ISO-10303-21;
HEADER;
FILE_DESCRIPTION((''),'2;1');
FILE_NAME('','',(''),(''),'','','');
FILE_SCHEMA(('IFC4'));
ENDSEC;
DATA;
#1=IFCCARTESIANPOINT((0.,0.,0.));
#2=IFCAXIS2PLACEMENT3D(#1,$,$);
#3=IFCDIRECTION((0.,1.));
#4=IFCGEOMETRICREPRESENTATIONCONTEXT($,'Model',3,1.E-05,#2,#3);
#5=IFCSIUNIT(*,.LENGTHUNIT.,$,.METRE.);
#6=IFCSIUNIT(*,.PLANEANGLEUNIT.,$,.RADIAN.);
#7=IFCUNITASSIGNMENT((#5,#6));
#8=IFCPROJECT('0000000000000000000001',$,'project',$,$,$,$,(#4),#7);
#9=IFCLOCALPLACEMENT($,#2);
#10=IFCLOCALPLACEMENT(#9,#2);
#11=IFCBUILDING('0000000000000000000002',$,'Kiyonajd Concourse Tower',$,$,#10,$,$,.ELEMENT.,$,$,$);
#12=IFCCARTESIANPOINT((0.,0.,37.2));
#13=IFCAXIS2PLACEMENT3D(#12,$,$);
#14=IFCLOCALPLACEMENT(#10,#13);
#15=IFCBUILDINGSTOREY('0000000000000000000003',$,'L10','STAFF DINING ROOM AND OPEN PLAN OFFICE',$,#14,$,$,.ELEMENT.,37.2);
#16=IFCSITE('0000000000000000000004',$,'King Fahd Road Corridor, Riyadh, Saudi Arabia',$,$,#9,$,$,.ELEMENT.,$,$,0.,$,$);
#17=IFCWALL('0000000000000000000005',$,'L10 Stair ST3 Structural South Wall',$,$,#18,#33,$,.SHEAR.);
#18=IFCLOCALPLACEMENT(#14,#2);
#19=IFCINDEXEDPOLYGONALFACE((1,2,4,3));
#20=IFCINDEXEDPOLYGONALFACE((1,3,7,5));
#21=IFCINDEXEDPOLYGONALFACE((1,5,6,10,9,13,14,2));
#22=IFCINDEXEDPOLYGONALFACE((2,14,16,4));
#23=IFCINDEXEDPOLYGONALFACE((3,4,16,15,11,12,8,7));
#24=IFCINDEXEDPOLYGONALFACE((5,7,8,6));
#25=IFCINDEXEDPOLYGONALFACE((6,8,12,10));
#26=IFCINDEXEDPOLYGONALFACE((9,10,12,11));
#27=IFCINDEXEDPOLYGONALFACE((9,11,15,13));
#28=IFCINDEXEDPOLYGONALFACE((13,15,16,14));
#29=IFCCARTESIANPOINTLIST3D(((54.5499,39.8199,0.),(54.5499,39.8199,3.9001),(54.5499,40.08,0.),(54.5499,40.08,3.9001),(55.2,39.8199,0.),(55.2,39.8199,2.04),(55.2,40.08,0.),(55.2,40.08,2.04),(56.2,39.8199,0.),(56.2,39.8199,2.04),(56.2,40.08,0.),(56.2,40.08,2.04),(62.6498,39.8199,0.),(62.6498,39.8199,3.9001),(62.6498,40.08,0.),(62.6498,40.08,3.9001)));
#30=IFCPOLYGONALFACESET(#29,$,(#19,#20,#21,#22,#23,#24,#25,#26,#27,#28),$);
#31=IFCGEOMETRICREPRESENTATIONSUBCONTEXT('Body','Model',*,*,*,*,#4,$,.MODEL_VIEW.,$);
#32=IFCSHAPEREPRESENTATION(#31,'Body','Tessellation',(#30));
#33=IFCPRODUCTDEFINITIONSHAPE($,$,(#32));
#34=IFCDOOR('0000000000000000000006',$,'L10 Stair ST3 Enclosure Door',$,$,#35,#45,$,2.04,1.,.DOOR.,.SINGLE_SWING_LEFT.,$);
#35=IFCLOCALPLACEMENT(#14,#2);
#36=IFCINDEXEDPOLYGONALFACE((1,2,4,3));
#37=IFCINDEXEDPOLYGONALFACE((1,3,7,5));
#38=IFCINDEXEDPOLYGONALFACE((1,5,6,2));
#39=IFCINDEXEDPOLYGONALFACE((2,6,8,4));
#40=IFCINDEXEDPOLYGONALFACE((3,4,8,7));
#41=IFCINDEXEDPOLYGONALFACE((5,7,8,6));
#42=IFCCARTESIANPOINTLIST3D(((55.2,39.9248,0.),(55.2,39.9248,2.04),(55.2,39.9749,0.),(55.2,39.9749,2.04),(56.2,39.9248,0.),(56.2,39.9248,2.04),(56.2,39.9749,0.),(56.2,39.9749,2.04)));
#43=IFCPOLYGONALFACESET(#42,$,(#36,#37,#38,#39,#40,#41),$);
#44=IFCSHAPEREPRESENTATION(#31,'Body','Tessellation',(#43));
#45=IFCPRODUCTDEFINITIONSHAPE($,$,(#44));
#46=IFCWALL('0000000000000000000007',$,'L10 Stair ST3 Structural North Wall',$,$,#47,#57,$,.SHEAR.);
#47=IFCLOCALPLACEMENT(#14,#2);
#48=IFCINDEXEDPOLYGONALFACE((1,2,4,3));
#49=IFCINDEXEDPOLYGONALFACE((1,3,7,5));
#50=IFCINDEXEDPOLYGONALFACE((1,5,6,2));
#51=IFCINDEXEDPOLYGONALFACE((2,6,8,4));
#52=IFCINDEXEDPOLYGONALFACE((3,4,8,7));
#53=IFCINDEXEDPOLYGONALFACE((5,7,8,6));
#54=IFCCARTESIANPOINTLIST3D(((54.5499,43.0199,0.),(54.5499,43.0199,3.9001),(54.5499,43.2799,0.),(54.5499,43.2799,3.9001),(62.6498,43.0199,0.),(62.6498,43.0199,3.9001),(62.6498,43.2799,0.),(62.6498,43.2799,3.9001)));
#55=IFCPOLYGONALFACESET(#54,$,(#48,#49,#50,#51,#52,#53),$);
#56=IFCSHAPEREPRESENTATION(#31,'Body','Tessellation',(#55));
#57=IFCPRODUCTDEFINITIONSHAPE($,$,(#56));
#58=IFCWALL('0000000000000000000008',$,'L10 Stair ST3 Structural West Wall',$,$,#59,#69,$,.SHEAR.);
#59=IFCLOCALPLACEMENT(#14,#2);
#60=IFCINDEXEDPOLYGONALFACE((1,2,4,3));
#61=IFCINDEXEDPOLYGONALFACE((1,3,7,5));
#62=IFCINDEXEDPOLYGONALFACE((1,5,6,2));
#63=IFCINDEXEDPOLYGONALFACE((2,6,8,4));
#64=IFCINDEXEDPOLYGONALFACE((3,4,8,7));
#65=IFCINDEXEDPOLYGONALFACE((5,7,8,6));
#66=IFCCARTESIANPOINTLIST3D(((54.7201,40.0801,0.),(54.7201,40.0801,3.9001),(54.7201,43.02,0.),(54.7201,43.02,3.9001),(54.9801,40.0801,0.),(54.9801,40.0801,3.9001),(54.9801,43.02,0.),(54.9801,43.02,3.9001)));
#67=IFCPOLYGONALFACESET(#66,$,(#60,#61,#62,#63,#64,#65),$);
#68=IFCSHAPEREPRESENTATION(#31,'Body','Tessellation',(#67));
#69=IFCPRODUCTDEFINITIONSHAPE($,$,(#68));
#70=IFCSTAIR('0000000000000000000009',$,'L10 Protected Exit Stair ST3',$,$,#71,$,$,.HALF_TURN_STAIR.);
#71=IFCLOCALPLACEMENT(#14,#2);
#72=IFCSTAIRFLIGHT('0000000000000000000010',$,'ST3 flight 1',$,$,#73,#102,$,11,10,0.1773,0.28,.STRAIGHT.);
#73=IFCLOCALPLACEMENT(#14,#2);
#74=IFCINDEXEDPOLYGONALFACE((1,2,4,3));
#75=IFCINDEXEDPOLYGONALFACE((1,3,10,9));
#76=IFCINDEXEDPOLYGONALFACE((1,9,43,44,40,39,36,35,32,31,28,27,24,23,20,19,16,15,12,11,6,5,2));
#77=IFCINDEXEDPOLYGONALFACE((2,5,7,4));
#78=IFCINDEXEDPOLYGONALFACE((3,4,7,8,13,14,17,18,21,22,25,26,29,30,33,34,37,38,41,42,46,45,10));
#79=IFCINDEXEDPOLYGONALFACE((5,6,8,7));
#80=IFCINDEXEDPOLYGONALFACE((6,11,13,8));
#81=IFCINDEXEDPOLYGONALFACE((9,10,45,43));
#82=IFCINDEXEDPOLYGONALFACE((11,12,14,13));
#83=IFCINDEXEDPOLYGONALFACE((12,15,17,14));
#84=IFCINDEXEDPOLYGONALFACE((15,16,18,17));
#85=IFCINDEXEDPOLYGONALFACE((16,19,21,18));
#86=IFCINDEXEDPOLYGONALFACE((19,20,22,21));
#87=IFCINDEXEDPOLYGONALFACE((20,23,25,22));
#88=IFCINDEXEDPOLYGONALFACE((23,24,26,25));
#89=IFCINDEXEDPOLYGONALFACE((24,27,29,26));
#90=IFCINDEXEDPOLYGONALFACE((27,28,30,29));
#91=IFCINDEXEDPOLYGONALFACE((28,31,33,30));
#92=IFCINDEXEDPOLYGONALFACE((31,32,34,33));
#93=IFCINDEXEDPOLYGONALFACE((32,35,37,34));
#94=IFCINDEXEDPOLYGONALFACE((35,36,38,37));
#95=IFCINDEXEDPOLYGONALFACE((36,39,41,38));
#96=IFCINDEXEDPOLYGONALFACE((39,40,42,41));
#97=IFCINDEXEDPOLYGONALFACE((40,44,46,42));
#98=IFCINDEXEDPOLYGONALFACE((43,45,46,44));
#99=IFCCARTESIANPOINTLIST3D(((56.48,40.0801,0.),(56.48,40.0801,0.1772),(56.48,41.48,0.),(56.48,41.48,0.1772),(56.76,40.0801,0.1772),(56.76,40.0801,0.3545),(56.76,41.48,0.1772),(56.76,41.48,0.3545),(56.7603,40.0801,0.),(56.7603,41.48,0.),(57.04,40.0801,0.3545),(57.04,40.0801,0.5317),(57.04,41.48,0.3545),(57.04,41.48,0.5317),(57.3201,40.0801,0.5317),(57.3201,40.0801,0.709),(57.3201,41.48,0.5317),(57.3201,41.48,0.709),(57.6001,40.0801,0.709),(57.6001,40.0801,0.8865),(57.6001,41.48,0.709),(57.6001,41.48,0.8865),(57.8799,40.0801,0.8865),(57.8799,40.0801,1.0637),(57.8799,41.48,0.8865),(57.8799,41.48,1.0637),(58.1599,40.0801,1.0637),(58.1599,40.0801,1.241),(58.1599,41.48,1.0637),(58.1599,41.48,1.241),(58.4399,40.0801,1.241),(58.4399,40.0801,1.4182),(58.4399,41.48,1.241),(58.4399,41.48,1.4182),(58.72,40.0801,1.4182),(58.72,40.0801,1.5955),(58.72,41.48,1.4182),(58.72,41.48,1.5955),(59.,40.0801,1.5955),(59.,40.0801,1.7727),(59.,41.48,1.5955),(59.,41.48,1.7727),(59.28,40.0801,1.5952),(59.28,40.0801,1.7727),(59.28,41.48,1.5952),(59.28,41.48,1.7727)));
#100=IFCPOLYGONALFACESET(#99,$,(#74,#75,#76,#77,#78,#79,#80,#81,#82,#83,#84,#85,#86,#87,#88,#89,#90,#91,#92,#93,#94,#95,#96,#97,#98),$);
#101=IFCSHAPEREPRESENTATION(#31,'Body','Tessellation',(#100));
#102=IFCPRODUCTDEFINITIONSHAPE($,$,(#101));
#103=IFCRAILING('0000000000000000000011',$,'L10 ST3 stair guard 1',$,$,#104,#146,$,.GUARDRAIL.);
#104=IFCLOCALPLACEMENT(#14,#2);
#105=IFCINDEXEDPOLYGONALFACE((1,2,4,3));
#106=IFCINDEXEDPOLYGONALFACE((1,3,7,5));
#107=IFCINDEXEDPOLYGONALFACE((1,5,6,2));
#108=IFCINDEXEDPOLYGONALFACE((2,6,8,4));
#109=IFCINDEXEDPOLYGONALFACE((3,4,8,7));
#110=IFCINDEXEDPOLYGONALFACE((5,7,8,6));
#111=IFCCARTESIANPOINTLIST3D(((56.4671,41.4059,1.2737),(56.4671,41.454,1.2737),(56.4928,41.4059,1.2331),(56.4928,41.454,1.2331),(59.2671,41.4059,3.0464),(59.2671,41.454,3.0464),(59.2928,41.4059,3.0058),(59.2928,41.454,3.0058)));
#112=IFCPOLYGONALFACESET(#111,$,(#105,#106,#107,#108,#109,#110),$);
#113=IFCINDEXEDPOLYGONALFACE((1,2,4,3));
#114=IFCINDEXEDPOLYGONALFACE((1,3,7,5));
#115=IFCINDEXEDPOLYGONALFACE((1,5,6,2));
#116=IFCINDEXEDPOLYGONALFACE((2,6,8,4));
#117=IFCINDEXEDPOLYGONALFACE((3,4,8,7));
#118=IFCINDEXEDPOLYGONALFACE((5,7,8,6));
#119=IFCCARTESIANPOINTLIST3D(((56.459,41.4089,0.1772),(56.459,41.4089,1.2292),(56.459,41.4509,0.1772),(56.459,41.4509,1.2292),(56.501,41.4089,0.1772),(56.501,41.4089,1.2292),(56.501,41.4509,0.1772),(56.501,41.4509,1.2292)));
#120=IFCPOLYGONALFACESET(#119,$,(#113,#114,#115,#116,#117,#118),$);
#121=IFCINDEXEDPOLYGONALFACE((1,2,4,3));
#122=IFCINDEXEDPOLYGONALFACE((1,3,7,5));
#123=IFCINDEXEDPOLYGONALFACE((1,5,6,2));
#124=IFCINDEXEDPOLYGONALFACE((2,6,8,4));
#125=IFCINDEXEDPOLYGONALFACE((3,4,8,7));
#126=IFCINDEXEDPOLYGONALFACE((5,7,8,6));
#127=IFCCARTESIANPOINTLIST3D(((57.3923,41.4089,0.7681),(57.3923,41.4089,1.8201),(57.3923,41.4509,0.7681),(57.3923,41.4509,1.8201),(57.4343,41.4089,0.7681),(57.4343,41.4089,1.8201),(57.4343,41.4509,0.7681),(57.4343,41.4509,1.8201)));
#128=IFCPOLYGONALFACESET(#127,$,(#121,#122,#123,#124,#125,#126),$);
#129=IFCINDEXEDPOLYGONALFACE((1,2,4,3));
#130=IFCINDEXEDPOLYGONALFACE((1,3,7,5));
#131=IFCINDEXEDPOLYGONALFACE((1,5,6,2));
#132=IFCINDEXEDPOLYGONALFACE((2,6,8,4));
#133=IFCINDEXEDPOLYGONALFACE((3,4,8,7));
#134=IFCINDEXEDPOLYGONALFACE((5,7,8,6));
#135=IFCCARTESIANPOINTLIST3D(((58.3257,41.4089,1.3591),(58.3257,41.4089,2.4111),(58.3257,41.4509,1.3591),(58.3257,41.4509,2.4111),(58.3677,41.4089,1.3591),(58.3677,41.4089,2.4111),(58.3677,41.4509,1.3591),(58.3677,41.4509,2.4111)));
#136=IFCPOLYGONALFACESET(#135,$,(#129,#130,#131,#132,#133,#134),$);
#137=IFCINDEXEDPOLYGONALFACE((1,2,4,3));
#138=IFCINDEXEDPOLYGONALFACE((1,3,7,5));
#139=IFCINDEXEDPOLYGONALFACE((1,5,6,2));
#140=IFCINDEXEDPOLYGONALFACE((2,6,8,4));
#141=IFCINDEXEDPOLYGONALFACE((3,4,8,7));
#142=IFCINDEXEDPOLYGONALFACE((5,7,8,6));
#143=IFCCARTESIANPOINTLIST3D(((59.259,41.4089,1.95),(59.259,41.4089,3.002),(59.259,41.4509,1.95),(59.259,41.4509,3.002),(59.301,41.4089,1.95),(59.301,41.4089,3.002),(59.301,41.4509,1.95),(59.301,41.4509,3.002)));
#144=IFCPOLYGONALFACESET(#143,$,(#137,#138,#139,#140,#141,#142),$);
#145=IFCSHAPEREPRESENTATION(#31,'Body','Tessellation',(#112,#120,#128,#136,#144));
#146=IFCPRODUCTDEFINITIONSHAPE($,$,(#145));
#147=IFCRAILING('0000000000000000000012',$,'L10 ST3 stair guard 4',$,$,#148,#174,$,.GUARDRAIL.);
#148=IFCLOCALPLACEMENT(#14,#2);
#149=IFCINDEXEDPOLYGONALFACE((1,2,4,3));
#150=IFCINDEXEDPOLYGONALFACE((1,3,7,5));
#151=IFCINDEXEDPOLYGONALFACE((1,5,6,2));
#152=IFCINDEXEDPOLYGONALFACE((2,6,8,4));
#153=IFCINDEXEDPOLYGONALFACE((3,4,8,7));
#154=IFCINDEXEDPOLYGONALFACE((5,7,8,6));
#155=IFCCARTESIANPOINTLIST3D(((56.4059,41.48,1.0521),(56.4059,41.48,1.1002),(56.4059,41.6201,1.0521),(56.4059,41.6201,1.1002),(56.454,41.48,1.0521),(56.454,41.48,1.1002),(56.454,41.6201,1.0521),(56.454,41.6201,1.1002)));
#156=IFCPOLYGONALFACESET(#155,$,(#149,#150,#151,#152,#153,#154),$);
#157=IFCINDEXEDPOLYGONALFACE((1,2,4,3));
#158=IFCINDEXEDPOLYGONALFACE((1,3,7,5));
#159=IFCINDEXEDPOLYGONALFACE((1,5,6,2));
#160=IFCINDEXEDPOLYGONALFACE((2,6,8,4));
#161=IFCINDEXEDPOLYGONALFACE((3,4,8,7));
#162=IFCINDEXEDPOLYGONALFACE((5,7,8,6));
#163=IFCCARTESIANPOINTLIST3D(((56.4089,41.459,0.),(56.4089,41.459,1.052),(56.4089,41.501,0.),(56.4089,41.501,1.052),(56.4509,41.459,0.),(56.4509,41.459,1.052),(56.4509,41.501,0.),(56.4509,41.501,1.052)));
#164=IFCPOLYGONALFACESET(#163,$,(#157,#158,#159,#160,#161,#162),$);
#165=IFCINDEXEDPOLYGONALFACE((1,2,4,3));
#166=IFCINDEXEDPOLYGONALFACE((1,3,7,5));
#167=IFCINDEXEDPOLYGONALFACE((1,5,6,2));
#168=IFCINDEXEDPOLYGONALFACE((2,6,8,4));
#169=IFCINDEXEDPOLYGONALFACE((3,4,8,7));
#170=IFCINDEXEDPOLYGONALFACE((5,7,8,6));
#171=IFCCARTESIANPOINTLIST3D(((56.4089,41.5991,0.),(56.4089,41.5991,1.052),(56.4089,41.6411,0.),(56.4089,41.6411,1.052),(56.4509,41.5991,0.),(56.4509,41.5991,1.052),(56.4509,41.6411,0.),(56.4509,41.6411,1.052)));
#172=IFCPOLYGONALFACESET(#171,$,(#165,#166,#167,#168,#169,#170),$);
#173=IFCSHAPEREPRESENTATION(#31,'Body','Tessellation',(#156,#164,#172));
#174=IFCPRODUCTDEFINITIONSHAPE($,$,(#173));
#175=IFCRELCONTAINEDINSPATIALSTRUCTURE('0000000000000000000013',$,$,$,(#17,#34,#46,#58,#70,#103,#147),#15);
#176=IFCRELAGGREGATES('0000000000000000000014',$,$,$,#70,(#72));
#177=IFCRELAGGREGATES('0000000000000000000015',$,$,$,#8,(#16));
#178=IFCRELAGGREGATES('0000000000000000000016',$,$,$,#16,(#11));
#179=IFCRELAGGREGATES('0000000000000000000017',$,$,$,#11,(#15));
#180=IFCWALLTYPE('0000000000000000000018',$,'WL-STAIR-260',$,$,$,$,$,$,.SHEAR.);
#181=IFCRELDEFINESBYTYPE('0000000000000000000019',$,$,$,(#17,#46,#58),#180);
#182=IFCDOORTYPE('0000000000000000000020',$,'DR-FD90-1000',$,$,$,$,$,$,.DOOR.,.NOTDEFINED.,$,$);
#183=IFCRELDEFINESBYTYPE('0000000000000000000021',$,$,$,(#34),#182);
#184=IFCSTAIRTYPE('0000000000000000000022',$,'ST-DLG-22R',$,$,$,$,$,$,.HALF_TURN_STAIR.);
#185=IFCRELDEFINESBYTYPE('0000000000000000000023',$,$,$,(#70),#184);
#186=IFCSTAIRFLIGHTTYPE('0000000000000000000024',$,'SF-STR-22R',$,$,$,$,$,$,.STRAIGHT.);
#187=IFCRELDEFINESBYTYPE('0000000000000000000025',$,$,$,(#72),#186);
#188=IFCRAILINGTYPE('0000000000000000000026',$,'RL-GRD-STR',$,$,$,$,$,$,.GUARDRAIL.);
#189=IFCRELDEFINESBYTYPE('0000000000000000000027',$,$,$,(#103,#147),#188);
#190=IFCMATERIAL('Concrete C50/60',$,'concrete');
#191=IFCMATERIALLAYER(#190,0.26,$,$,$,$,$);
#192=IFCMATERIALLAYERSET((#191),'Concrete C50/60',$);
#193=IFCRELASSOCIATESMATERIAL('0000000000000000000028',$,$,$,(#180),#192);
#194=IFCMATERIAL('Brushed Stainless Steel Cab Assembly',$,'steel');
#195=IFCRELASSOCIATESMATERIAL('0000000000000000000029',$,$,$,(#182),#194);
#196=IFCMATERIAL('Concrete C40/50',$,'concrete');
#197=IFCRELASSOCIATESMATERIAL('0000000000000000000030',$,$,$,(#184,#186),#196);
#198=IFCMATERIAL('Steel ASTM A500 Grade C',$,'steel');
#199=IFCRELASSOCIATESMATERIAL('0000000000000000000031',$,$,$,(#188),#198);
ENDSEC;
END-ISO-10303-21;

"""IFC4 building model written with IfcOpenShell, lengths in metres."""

from ifc_helpers import new_model, si_unit, direction, frame, frame_2d, origin, origin_2d, place, context, subcontext, project, spatial, polyline, rectangle, outline, extrude, material, layer, layer_set, type_object, element, fill, aggregate, save


model = new_model("IFC4")

# Units and contexts
model_context = context("Model", 3, precision=1e-05, world=origin(), true_north=direction((0.0, 1.0)))
body_context = subcontext(model_context, "Body", "Model", "MODEL_VIEW")
ifc_project = project(units=[si_unit("LENGTHUNIT", "METRE"), si_unit("PLANEANGLEUNIT", "RADIAN")], contexts=[model_context])

# Site, building, storey
site_placement = place(None, origin())
site = spatial("IfcSite", under=ifc_project, at=site_placement, Name="King Fahd Road Corridor, Riyadh, Saudi Arabia", CompositionType="ELEMENT", RefElevation=0.0)
building_placement = place(site_placement, origin())
building = spatial("IfcBuilding", under=site, at=building_placement, Name="Kiyonajd Concourse Tower", CompositionType="ELEMENT")
storey_placement = place(building_placement, frame((0.0, 0.0, 37.2)))
storey = spatial("IfcBuildingStorey", under=building, at=storey_placement, Name="L10", Description="STAFF DINING ROOM AND OPEN PLAN OFFICE", CompositionType="ELEMENT", Elevation=37.2)

# Shared definitions
ifc_material_1 = material(Name="Concrete C50/60", Category="concrete")

# Shared definitions
ifc_layer_1 = layer(ifc_material_1, 0.26)
ifc_layer_set_1 = layer_set([ifc_layer_1], Name="Concrete C50/60")
wall_type_1 = type_object("IfcWallType", Name="WL-STAIR-260", PredefinedType="SHEAR", material=ifc_layer_set_1)

# Wall, opening, door
wall_1_placement = place(storey_placement, frame((54.55, 39.95, 0.0), z_axis=(0.0, 0.0, 1.0), x_axis=(1.0, 0.0, 0.0)))
wall_1 = element("IfcWall", 1, at=wall_1_placement, inside=storey, type_object=wall_type_1, Name="L10 Stair ST3 Structural South Wall", PredefinedType="SHEAR", context=body_context, shape_type="SweptSolid", body=[
    extrude(rectangle(XDim=8.0999, YDim=0.26, at=frame_2d((4.0498, 0.0))), origin(), (0.0, 0.0, 1.0), 3.9001),
])
opening_1_placement = place(wall_1_placement, frame((0.6499, 0.0, 0.0)))
opening_1 = element("IfcOpeningElement", 2, at=opening_1_placement, cuts=wall_1, PredefinedType="OPENING", context=body_context, shape_type="SweptSolid", body=[
    extrude(rectangle(XDim=1.0, YDim=2.04, at=frame_2d((0.5, 1.02))), frame((0.0, 0.1399, 0.0), z_axis=(0.0, -1.0, 0.0), x_axis=(1.0, 0.0, 0.0)), (0.0, 0.0, 1.0), 0.28),
])
ifc_material_2 = material(Name="Brushed Stainless Steel Cab Assembly", Category="steel")
door_type_1 = type_object("IfcDoorType", Name="DR-FD90-1000", OperationType="NOTDEFINED", PredefinedType="DOOR", material=ifc_material_2)
door_1_placement = place(opening_1_placement, origin())
door_1 = element("IfcDoor", 3, at=door_1_placement, inside=storey, type_object=door_type_1, Name="L10 Stair ST3 Enclosure Door", OperationType="SINGLE_SWING_LEFT", OverallHeight=2.04, OverallWidth=1.0, PredefinedType="DOOR", context=body_context, shape_type="SweptSolid", body=[
    extrude(rectangle(XDim=1.0, YDim=2.04, at=frame_2d((0.5, 1.02))), frame((0.0, 0.0249, 0.0), z_axis=(0.0, -1.0, 0.0), x_axis=(1.0, 0.0, 0.0)), (0.0, 0.0, 1.0), 0.05),
])
fill(opening_1, door_1)

# Walls
wall_2_placement = place(storey_placement, frame((54.55, 43.1499, 0.0), z_axis=(0.0, 0.0, 1.0), x_axis=(1.0, 0.0, 0.0)))
element("IfcWall", 4, at=wall_2_placement, inside=storey, type_object=wall_type_1, Name="L10 Stair ST3 Structural North Wall", PredefinedType="SHEAR", context=body_context, shape_type="SweptSolid", body=[
    extrude(rectangle(XDim=8.0999, YDim=0.26, at=frame_2d((4.0498, 0.0))), origin(), (0.0, 0.0, 1.0), 3.9001),
])
wall_3_placement = place(storey_placement, frame((54.8501, 40.0801, 0.0), z_axis=(0.0, 0.0, 1.0), x_axis=(0.0, 1.0, 0.0)))
element("IfcWall", 5, at=wall_3_placement, inside=storey, type_object=wall_type_1, Name="L10 Stair ST3 Structural West Wall", PredefinedType="SHEAR", context=body_context, shape_type="SweptSolid", body=[
    extrude(rectangle(XDim=2.9399, YDim=0.26, at=frame_2d((1.47, 0.0))), origin(), (0.0, 0.0, 1.0), 3.9001),
])

# Stair, stair flight
ifc_material_3 = material(Name="Concrete C40/50", Category="concrete")
stair_type = type_object("IfcStairType", Name="ST-DLG-22R", PredefinedType="HALF_TURN_STAIR", material=ifc_material_3)
stair_placement = place(storey_placement, origin())
stair = element("IfcStair", 6, at=stair_placement, inside=storey, type_object=stair_type, Name="L10 Protected Exit Stair ST3", PredefinedType="HALF_TURN_STAIR")
stair_flight_type = type_object("IfcStairFlightType", Name="SF-STR-22R", PredefinedType="STRAIGHT", material=ifc_material_3)
stair_flight_placement = place(storey_placement, frame((56.48, 40.78, 0.0), z_axis=(0.0, 0.0, 1.0), x_axis=(1.0, 0.0, 0.0)))
stair_flight = element("IfcStairFlight", 7, at=stair_flight_placement, type_object=stair_flight_type, Name="ST3 flight 1", NumberOfRisers=11, NumberOfTreads=10, PredefinedType="STRAIGHT", RiserHeight=0.1773, TreadLength=0.28, context=body_context, shape_type="SweptSolid", body=[
    extrude(outline(polyline([(0.0, 0.0), (0.0, 0.1772), (0.28, 0.1772), (0.28, 0.3545), (0.5601, 0.3545), (0.5601, 0.5317), (0.8401, 0.5317), (0.8401, 0.709), (1.1201, 0.709), (1.1201, 0.8865), (1.3999, 0.8865), (1.3999, 1.0637), (1.6799, 1.0637), (1.6799, 1.241), (1.96, 1.241), (1.96, 1.4182), (2.24, 1.4182), (2.24, 1.5955), (2.52, 1.5955), (2.52, 1.7727), (2.8, 1.7727), (2.8, 1.95), (2.8, 1.5952), (0.2803, 0.0), (0.0, 0.0)])), frame((0.0, 0.7, 0.0), z_axis=(0.0, -1.0, 0.0), x_axis=(1.0, 0.0, 0.0)), (0.0, 0.0, 1.0), 1.3999),
])
aggregate(stair, [stair_flight])

# Railings
ifc_material_4 = material(Name="Steel ASTM A500 Grade C", Category="steel")
railing_type_1 = type_object("IfcRailingType", Name="RL-GRD-STR", PredefinedType="GUARDRAIL", material=ifc_material_4)
railing_1_placement = place(storey_placement, frame((56.48, 41.4299, 0.1772)))
element("IfcRailing", 8, at=railing_1_placement, inside=storey, type_object=railing_type_1, Name="L10 ST3 stair guard 1", PredefinedType="GUARDRAIL", context=body_context, shape_type="SweptSolid", body=[
    extrude(rectangle(XDim=0.0481, YDim=0.0481, at=origin_2d()), frame((0.0, 0.0, 1.0762), z_axis=(0.844909, 0.0, 0.53491), x_axis=(0.0, 1.0, 0.0)), (0.0, 0.0, 1.0), 3.314),
    extrude(rectangle(XDim=0.042, YDim=0.042, at=origin_2d()), origin(), (0.0, 0.0, 1.0), 1.052),
    extrude(rectangle(XDim=0.042, YDim=0.042, at=origin_2d()), frame((0.9333, 0.0, 0.5908)), (0.0, 0.0, 1.0), 1.052),
    extrude(rectangle(XDim=0.042, YDim=0.042, at=origin_2d()), frame((1.8667, 0.0, 1.1819)), (0.0, 0.0, 1.0), 1.052),
    extrude(rectangle(XDim=0.042, YDim=0.042, at=origin_2d()), frame((2.8, 0.0, 1.7727)), (0.0, 0.0, 1.0), 1.052),
])
railing_2_placement = place(storey_placement, frame((56.4299, 41.48, 0.0)))
element("IfcRailing", 9, at=railing_2_placement, inside=storey, type_object=railing_type_1, Name="L10 ST3 stair guard 4", PredefinedType="GUARDRAIL", context=body_context, shape_type="SweptSolid", body=[
    extrude(rectangle(XDim=0.0481, YDim=0.0481, at=origin_2d()), frame((0.0, 0.0, 1.0762), z_axis=(0.0, 1.0, 0.0), x_axis=(-1.0, 0.0, 0.0)), (0.0, 0.0, 1.0), 0.1401),
    extrude(rectangle(XDim=0.042, YDim=0.042, at=origin_2d()), origin(), (0.0, 0.0, 1.0), 1.052),
    extrude(rectangle(XDim=0.042, YDim=0.042, at=origin_2d()), frame((0.0, 0.1401, 0.0)), (0.0, 0.0, 1.0), 1.052),
])

save(model, "model.ifc")
